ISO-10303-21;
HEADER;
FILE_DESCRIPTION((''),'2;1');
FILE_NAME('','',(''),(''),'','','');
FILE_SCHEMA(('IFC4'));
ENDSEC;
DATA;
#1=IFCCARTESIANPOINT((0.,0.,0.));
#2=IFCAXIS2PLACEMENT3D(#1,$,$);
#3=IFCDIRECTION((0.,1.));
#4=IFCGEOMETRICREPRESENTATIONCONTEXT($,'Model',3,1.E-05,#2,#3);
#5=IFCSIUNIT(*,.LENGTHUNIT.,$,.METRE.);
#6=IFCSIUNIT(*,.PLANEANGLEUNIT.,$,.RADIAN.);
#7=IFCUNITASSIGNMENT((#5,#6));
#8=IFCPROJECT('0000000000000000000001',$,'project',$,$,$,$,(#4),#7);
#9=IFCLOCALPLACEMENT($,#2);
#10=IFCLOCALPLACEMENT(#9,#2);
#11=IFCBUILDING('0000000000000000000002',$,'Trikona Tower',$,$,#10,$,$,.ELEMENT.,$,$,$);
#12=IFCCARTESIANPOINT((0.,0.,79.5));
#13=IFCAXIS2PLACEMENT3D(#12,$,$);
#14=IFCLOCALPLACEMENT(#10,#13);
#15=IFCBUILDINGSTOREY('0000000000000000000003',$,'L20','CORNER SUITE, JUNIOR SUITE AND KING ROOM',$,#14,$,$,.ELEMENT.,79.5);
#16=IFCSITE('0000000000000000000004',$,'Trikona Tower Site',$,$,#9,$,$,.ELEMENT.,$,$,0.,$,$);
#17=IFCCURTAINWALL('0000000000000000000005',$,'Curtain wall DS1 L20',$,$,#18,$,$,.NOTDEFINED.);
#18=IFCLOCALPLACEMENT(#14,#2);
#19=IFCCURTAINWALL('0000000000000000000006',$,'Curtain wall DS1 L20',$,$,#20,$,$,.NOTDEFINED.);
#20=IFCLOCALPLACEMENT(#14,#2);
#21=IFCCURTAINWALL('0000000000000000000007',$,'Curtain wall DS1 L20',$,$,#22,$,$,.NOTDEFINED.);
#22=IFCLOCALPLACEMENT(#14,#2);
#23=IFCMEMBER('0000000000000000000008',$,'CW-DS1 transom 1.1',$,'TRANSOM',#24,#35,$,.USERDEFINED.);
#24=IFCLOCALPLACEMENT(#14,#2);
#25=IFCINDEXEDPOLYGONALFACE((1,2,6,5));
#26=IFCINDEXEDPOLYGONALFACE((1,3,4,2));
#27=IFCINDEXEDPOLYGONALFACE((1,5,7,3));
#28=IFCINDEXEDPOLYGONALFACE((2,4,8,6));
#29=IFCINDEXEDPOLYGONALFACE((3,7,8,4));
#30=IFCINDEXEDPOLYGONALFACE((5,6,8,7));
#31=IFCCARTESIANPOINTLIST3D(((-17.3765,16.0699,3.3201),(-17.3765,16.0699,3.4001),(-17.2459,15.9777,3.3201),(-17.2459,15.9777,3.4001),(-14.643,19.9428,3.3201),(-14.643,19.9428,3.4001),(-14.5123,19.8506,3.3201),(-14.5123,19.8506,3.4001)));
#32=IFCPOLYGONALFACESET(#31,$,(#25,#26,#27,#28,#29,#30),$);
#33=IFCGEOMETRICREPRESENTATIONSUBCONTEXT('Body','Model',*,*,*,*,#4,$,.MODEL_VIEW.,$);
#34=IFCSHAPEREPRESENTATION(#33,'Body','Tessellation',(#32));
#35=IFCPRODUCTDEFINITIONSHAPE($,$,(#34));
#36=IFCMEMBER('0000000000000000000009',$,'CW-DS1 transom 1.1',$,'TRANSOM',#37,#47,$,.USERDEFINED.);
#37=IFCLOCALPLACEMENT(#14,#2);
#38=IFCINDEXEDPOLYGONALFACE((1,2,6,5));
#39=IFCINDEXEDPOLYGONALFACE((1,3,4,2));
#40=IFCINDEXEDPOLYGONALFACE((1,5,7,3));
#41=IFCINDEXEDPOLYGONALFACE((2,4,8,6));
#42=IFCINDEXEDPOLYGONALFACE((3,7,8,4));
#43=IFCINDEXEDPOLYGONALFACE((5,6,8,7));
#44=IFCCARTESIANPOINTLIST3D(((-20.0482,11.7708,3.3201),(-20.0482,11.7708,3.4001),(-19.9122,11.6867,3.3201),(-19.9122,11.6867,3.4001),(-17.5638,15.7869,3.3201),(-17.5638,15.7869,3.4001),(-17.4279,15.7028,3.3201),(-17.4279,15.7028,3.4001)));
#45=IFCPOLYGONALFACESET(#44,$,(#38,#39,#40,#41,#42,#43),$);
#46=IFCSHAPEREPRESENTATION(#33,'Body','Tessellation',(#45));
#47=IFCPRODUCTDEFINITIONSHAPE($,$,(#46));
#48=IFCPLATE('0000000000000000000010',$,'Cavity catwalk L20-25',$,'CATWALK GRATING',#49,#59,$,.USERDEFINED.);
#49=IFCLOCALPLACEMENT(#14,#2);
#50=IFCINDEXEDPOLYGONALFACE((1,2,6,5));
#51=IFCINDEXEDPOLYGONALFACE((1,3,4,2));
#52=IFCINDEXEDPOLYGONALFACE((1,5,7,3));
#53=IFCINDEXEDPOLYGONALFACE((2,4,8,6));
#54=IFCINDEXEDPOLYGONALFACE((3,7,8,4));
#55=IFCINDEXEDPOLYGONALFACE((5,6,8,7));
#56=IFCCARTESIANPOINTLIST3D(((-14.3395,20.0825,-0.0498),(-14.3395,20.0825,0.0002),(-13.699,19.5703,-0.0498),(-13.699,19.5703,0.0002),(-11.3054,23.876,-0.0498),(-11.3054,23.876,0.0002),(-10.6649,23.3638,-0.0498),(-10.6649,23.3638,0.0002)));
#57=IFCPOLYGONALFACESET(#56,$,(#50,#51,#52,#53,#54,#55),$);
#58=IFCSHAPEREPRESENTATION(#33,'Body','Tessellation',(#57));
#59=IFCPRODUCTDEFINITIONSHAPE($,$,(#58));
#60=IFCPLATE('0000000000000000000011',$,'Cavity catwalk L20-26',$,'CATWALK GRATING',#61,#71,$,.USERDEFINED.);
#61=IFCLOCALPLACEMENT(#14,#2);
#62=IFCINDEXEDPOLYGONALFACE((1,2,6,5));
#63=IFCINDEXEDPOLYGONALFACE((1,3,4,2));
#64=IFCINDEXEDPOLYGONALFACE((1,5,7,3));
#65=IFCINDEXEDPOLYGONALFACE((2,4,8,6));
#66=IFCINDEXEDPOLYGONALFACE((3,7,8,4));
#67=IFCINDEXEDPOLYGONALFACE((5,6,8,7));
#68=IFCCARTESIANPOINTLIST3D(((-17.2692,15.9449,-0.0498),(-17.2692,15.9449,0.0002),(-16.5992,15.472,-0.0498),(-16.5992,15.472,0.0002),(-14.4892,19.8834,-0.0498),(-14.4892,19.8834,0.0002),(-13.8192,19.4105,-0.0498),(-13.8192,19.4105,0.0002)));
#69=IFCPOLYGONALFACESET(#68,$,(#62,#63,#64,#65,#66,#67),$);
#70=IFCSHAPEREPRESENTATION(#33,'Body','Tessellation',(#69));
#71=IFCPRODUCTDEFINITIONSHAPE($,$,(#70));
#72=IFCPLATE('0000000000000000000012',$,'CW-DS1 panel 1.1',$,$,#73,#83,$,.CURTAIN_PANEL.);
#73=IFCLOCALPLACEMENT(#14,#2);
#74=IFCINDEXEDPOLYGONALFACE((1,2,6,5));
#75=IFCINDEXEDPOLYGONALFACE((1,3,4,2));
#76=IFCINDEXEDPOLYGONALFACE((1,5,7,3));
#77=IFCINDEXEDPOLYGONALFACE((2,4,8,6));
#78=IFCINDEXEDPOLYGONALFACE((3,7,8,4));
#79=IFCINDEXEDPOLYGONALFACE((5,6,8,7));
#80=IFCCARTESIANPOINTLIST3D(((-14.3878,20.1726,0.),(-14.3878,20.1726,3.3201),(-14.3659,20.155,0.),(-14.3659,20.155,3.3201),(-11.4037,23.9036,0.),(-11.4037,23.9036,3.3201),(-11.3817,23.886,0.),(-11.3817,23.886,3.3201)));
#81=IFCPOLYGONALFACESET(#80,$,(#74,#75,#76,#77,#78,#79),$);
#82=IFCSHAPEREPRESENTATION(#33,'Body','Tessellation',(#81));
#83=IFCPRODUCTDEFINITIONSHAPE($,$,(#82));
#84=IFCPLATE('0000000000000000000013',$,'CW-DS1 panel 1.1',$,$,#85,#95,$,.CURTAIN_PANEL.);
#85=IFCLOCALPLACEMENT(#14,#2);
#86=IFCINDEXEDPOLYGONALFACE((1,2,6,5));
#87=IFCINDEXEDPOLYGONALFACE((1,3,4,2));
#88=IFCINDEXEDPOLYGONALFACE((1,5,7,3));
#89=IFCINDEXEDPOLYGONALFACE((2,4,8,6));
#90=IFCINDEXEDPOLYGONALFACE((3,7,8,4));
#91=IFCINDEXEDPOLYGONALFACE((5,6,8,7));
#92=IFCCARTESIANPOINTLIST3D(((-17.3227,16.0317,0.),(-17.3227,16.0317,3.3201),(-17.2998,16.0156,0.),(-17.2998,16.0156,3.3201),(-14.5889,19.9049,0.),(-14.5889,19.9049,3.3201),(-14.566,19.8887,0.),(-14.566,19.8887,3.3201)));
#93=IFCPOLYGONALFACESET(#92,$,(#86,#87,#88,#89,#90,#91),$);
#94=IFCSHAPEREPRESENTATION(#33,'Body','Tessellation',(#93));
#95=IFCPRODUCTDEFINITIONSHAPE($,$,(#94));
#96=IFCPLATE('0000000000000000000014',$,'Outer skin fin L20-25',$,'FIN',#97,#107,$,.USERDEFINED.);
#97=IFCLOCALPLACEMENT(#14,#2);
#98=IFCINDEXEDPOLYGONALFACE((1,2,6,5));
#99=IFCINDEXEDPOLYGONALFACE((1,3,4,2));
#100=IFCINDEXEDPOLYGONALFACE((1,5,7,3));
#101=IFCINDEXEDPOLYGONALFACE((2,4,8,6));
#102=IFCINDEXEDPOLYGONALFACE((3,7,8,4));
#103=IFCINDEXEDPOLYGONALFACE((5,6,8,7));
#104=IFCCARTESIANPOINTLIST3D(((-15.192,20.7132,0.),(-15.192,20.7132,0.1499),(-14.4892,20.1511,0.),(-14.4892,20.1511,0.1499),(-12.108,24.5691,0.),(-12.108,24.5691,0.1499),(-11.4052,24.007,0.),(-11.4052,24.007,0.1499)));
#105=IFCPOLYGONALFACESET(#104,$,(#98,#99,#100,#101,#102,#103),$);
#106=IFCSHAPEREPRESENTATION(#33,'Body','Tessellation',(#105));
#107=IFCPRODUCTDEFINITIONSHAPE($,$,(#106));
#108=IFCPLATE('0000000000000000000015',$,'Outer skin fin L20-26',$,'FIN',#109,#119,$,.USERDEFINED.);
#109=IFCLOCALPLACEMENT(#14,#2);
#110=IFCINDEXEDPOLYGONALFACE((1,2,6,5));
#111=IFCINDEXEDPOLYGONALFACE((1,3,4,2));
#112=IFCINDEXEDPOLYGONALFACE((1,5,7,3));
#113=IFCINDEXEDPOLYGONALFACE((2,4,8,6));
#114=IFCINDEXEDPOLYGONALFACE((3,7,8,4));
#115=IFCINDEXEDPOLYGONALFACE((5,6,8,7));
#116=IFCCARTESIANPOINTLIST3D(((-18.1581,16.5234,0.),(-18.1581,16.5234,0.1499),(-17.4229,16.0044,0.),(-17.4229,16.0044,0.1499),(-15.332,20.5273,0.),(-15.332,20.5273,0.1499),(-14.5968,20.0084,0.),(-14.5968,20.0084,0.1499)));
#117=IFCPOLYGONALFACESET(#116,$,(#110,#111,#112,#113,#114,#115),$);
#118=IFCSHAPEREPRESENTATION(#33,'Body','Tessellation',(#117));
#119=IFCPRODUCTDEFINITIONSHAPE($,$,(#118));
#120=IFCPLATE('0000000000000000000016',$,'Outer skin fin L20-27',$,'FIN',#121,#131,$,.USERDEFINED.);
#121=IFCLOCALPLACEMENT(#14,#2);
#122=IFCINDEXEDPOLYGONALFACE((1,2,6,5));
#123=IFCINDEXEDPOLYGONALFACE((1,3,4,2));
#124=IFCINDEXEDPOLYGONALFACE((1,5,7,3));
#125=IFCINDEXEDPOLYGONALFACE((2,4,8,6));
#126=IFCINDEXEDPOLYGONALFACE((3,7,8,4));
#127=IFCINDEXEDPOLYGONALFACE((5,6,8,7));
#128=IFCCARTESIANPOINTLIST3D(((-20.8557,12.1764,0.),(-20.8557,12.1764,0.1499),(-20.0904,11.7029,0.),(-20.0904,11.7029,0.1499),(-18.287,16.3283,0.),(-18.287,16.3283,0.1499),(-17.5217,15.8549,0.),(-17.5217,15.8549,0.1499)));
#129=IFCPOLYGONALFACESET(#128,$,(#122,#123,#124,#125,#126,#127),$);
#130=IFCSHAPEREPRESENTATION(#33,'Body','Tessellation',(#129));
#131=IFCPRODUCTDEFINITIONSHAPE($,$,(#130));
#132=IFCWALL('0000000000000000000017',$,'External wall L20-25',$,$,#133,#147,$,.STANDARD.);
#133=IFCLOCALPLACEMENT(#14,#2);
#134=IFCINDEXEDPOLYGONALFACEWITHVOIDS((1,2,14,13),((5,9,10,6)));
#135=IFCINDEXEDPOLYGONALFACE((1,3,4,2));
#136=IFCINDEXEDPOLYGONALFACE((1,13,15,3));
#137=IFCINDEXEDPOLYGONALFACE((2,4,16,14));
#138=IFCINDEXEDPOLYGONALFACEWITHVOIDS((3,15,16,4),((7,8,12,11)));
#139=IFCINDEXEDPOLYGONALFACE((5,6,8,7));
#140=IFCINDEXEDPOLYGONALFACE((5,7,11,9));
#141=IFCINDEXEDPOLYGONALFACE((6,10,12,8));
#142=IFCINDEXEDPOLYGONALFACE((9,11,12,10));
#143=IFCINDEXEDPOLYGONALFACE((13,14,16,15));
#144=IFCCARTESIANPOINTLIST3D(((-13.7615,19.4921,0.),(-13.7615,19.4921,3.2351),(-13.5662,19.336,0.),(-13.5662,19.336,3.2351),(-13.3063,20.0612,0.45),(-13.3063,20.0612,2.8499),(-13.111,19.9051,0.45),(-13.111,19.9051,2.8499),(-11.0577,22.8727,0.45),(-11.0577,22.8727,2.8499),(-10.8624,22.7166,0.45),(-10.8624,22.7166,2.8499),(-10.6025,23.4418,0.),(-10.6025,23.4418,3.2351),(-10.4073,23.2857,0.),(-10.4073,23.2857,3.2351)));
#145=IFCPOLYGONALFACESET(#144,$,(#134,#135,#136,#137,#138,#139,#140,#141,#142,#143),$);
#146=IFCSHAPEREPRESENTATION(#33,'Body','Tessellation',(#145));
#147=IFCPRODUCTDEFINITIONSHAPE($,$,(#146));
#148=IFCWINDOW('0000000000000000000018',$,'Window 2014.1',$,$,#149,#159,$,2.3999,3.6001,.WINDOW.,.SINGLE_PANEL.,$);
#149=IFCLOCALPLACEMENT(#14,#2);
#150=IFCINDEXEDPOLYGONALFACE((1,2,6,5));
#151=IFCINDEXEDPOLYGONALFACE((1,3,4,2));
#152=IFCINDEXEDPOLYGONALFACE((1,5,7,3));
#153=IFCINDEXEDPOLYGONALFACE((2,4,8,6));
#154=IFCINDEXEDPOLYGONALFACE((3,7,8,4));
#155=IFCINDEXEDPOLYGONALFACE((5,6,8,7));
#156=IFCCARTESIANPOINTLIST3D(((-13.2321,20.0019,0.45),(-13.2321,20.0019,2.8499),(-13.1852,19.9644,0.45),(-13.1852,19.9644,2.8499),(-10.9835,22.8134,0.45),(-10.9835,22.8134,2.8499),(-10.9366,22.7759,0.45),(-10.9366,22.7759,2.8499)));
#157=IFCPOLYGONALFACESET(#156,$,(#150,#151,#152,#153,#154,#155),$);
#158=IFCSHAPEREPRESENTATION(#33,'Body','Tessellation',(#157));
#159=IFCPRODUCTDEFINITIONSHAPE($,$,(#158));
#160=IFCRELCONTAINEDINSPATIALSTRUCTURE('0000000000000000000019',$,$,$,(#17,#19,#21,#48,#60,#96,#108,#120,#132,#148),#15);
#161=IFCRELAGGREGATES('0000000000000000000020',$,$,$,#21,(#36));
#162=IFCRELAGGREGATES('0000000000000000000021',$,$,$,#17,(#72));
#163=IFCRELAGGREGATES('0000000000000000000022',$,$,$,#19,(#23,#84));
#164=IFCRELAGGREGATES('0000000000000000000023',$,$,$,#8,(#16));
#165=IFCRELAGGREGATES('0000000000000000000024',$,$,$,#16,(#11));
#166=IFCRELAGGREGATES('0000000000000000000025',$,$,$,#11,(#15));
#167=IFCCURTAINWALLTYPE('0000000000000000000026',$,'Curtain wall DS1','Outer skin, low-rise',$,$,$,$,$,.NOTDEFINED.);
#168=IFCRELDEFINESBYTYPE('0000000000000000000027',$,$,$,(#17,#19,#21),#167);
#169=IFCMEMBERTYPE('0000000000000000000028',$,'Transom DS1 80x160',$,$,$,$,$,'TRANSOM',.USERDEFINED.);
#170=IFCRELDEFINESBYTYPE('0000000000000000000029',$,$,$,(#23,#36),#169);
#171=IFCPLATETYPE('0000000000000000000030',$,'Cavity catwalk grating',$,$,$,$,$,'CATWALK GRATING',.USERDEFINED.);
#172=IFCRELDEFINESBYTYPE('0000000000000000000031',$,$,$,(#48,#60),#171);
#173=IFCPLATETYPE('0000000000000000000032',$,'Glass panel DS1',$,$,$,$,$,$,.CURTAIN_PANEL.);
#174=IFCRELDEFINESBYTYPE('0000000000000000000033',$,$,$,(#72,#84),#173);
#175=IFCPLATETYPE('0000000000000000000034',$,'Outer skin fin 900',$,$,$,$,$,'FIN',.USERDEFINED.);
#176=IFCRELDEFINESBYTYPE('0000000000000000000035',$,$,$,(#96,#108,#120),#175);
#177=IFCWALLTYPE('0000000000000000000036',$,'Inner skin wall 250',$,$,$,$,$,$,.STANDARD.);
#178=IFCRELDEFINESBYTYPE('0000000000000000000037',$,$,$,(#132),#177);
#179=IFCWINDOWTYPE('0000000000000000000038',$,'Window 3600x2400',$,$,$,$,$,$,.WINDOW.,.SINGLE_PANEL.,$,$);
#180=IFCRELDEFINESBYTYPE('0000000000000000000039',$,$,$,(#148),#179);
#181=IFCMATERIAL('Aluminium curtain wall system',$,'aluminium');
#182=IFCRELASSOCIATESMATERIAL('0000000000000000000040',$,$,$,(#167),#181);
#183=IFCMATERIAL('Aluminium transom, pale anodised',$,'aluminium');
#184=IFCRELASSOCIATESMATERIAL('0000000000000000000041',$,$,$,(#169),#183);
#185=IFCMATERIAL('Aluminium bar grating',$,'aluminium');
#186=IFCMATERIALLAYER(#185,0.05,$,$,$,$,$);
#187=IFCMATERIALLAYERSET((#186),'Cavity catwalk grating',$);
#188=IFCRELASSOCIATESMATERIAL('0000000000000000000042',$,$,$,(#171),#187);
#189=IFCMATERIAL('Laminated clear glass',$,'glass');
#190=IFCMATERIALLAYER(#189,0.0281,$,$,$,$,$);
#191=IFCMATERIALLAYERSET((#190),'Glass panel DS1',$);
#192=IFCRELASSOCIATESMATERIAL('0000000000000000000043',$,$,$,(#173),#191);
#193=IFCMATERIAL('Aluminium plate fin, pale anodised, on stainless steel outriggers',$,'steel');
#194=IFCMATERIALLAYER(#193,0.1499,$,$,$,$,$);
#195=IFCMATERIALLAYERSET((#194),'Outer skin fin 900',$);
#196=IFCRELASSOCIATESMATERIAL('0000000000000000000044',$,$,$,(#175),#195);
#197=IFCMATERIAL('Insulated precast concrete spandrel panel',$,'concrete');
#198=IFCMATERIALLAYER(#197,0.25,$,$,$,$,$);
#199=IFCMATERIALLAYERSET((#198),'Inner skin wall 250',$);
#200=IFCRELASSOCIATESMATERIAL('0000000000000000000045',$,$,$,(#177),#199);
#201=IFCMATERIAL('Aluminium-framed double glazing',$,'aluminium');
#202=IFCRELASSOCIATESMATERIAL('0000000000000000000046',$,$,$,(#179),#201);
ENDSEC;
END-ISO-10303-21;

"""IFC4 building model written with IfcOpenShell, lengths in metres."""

from ifc_helpers import new_model, si_unit, direction, frame, frame_2d, origin, origin_2d, place, context, subcontext, project, spatial, rectangle, extrude, material, layer, layer_set, material_profile, profile_set, type_object, element, fill, aggregate, save


model = new_model("IFC4")

# Units and contexts
model_context = context("Model", 3, precision=1e-05, world=origin(), true_north=direction((0.0, 1.0)))
body_context = subcontext(model_context, "Body", "Model", "MODEL_VIEW")
ifc_project = project(units=[si_unit("LENGTHUNIT", "METRE"), si_unit("PLANEANGLEUNIT", "RADIAN")], contexts=[model_context])

# Site, building, storey
site_placement = place(None, origin())
site = spatial("IfcSite", under=ifc_project, at=site_placement, Name="Trikona Tower Site", CompositionType="ELEMENT", RefElevation=0.0)
building_placement = place(site_placement, origin())
building = spatial("IfcBuilding", under=site, at=building_placement, Name="Trikona Tower", CompositionType="ELEMENT")
storey_placement = place(building_placement, frame((0.0, 0.0, 79.5)))
storey = spatial("IfcBuildingStorey", under=building, at=storey_placement, Name="L20", Description="CORNER SUITE, JUNIOR SUITE AND KING ROOM", CompositionType="ELEMENT", Elevation=79.5)

# Shared definitions
ifc_material_1 = material(Name="Aluminium curtain wall system", Category="aluminium")
curtain_wall_type = type_object("IfcCurtainWallType", Name="Curtain wall DS1", Description="Outer skin, low-rise", PredefinedType="NOTDEFINED", material=ifc_material_1)

# Curtain walls
curtain_wall_1_placement = place(storey_placement, origin())
curtain_wall_1 = element("IfcCurtainWall", 1, at=curtain_wall_1_placement, inside=storey, type_object=curtain_wall_type, Name="Curtain wall DS1 L20", PredefinedType="NOTDEFINED")
curtain_wall_2_placement = place(storey_placement, origin())
curtain_wall_2 = element("IfcCurtainWall", 2, at=curtain_wall_2_placement, inside=storey, type_object=curtain_wall_type, Name="Curtain wall DS1 L20", PredefinedType="NOTDEFINED")

# Curtain wall
curtain_wall_3_placement = place(storey_placement, origin())
curtain_wall_3 = element("IfcCurtainWall", 3, at=curtain_wall_3_placement, inside=storey, type_object=curtain_wall_type, Name="Curtain wall DS1 L20", PredefinedType="NOTDEFINED")

# Members
ifc_material_2 = material(Name="Aluminium transom, pale anodised", Category="aluminium")
ifc_material_profile_1 = material_profile(ifc_material_2, rectangle(XDim=0.1599, YDim=0.0801, at=origin_2d()), Name="TRN-DS1")
ifc_profile_set_1 = profile_set([ifc_material_profile_1], Name="Aluminium transom, pale anodised")
member_type_1 = type_object("IfcMemberType", Name="Transom DS1 80x160", ElementType="TRANSOM", PredefinedType="USERDEFINED", material=ifc_profile_set_1)
member_1_placement = place(storey_placement, frame((-14.5776, 19.8967, 3.3601), z_axis=(-0.576645, -0.816995, 0.0), x_axis=(0.816995, -0.576645, 0.0)))
member_1 = element("IfcMember", 4, at=member_1_placement, type_object=member_type_1, Name="CW-DS1 transom 1.1", ObjectType="TRANSOM", PredefinedType="USERDEFINED", context=body_context, shape_type="SweptSolid", body=[
    extrude(rectangle(XDim=0.1599, YDim=0.0801, at=origin_2d()), origin(), (0.0, 0.0, 1.0), 4.7405),
])
member_2_placement = place(storey_placement, frame((-17.4958, 15.7449, 3.3601), z_axis=(-0.526081, -0.850435, 0.0), x_axis=(0.850435, -0.526081, 0.0)))
member_2 = element("IfcMember", 5, at=member_2_placement, type_object=member_type_1, Name="CW-DS1 transom 1.1", ObjectType="TRANSOM", PredefinedType="USERDEFINED", context=body_context, shape_type="SweptSolid", body=[
    extrude(rectangle(XDim=0.1599, YDim=0.0801, at=origin_2d()), origin(), (0.0, 0.0, 1.0), 4.7224),
])
aggregate(curtain_wall_3, [member_2])

# Plates
ifc_material_3 = material(Name="Aluminium bar grating", Category="aluminium")
ifc_layer_1 = layer(ifc_material_3, 0.05)
ifc_layer_set_1 = layer_set([ifc_layer_1], Name="Cavity catwalk grating")
plate_type_1 = type_object("IfcPlateType", Name="Cavity catwalk grating", ElementType="CATWALK GRATING", PredefinedType="USERDEFINED", material=ifc_layer_set_1)
plate_1_placement = place(storey_placement, frame((-12.5022, 21.7231, -0.0498), z_axis=(0.0, 0.0, 1.0), x_axis=(-0.624604, -0.780942, 0.0)))
element("IfcPlate", 6, at=plate_1_placement, inside=storey, type_object=plate_type_1, Name="Cavity catwalk L20-25", ObjectType="CATWALK GRATING", PredefinedType="USERDEFINED", context=body_context, shape_type="SweptSolid", body=[
    extrude(rectangle(XDim=4.8577, YDim=0.8201, at=origin_2d()), origin(), (0.0, 0.0, 1.0), 0.05),
])
plate_2_placement = place(storey_placement, frame((-15.5442, 17.6777, -0.0498), z_axis=(0.0, 0.0, 1.0), x_axis=(-0.576662, -0.816983, 0.0)))
element("IfcPlate", 7, at=plate_2_placement, inside=storey, type_object=plate_type_1, Name="Cavity catwalk L20-26", ObjectType="CATWALK GRATING", PredefinedType="USERDEFINED", context=body_context, shape_type="SweptSolid", body=[
    extrude(rectangle(XDim=4.8208, YDim=0.8201, at=origin_2d()), origin(), (0.0, 0.0, 1.0), 0.05),
])

# Plates
ifc_material_4 = material(Name="Laminated clear glass", Category="glass")
ifc_layer_2 = layer(ifc_material_4, 0.0281)
ifc_layer_set_2 = layer_set([ifc_layer_2], Name="Glass panel DS1")
plate_type_2 = type_object("IfcPlateType", Name="Glass panel DS1", PredefinedType="CURTAIN_PANEL", material=ifc_layer_set_2)
plate_3_placement = place(storey_placement, frame((-12.8848, 22.0293, 0.0), z_axis=(0.0, 0.0, 1.0), x_axis=(-0.624609, -0.780938, 0.0)))
plate_3 = element("IfcPlate", 8, at=plate_3_placement, type_object=plate_type_2, Name="CW-DS1 panel 1.1", PredefinedType="CURTAIN_PANEL", context=body_context, shape_type="SweptSolid", body=[
    extrude(rectangle(XDim=4.7776, YDim=0.0281, at=origin_2d()), origin(), (0.0, 0.0, 1.0), 3.3201),
])
aggregate(curtain_wall_1, [plate_3])
plate_4_placement = place(storey_placement, frame((-15.9443, 17.9602, 0.0), z_axis=(0.0, 0.0, 1.0), x_axis=(-0.576658, -0.816985, 0.0)))
plate_4 = element("IfcPlate", 9, at=plate_4_placement, type_object=plate_type_2, Name="CW-DS1 panel 1.1", PredefinedType="CURTAIN_PANEL", context=body_context, shape_type="SweptSolid", body=[
    extrude(rectangle(XDim=4.7407, YDim=0.0281, at=origin_2d()), origin(), (0.0, 0.0, 1.0), 3.3201),
])
aggregate(curtain_wall_2, [member_1, plate_4])

# Plates
ifc_material_5 = material(Name="Aluminium plate fin, pale anodised, on stainless steel outriggers", Category="steel")
ifc_layer_3 = layer(ifc_material_5, 0.1499)
ifc_layer_set_3 = layer_set([ifc_layer_3], Name="Outer skin fin 900")
plate_type_3 = type_object("IfcPlateType", Name="Outer skin fin 900", ElementType="FIN", PredefinedType="USERDEFINED", material=ifc_layer_set_3)
plate_5_placement = place(storey_placement, frame((-13.2986, 22.3601, 0.0), z_axis=(0.0, 0.0, 1.0), x_axis=(-0.624604, -0.780942, 0.0)))
element("IfcPlate", 10, at=plate_5_placement, inside=storey, type_object=plate_type_3, Name="Outer skin fin L20-25", ObjectType="FIN", PredefinedType="USERDEFINED", context=body_context, shape_type="SweptSolid", body=[
    extrude(rectangle(XDim=4.9375, YDim=0.8999, at=origin_2d()), origin(), (0.0, 0.0, 1.0), 0.1499),
])
plate_6_placement = place(storey_placement, frame((-16.3774, 18.2659, 0.0), z_axis=(0.0, 0.0, 1.0), x_axis=(-0.576662, -0.816983, 0.0)))
element("IfcPlate", 11, at=plate_6_placement, inside=storey, type_object=plate_type_3, Name="Outer skin fin L20-26", ObjectType="FIN", PredefinedType="USERDEFINED", context=body_context, shape_type="SweptSolid", body=[
    extrude(rectangle(XDim=4.9009, YDim=0.8999, at=origin_2d()), origin(), (0.0, 0.0, 1.0), 0.1499),
])
plate_7_placement = place(storey_placement, frame((-19.1887, 14.0156, 0.0), z_axis=(0.0, 0.0, 1.0), x_axis=(-0.526119, -0.850411, 0.0)))
element("IfcPlate", 12, at=plate_7_placement, inside=storey, type_object=plate_type_3, Name="Outer skin fin L20-27", ObjectType="FIN", PredefinedType="USERDEFINED", context=body_context, shape_type="SweptSolid", body=[
    extrude(rectangle(XDim=4.8823, YDim=0.8999, at=origin_2d()), origin(), (0.0, 0.0, 1.0), 0.1499),
])

# Wall, opening, window
ifc_material_6 = material(Name="Insulated precast concrete spandrel panel", Category="concrete")
ifc_layer_4 = layer(ifc_material_6, 0.25)
ifc_layer_set_4 = layer_set([ifc_layer_4], Name="Inner skin wall 250")
wall_type = type_object("IfcWallType", Name="Inner skin wall 250", PredefinedType="STANDARD", material=ifc_layer_set_4)
wall_1_placement = place(storey_placement, frame((-10.5049, 23.3638, 0.0), z_axis=(0.0, 0.0, 1.0), x_axis=(-0.624595, -0.780949, 0.0)))
wall_1 = element("IfcWall", 13, at=wall_1_placement, inside=storey, type_object=wall_type, Name="External wall L20-25", PredefinedType="STANDARD", context=body_context, shape_type="SweptSolid", body=[
    extrude(rectangle(XDim=5.0576, YDim=0.25, at=frame_2d((2.5288, 0.0))), origin(), (0.0, 0.0, 1.0), 3.2351),
])
opening_1_placement = place(wall_1_placement, frame((0.7288, 0.0, 0.45)))
opening_1 = element("IfcOpeningElement", 14, at=opening_1_placement, cuts=wall_1, PredefinedType="OPENING", context=body_context, shape_type="SweptSolid", body=[
    extrude(rectangle(XDim=3.6001, YDim=2.3999, at=frame_2d((1.8, 1.2))), frame((0.0, 0.135, 0.0), z_axis=(0.0, -1.0, 0.0), x_axis=(1.0, 0.0, 0.0)), (0.0, 0.0, 1.0), 0.27),
])
ifc_material_7 = material(Name="Aluminium-framed double glazing", Category="aluminium")
window_type = type_object("IfcWindowType", Name="Window 3600x2400", PartitioningType="SINGLE_PANEL", PredefinedType="WINDOW", material=ifc_material_7)
window_1_placement = place(opening_1_placement, origin())
window_1 = element("IfcWindow", 15, at=window_1_placement, inside=storey, type_object=window_type, Name="Window 2014.1", OverallHeight=2.3999, OverallWidth=3.6001, PartitioningType="SINGLE_PANEL", PredefinedType="WINDOW", context=body_context, shape_type="SweptSolid", body=[
    extrude(rectangle(XDim=3.6001, YDim=2.3999, at=frame_2d((1.8, 1.2))), frame((0.0, 0.03, 0.0), z_axis=(0.0, -1.0, 0.0), x_axis=(1.0, 0.0, 0.0)), (0.0, 0.0, 1.0), 0.0601),
])
fill(opening_1, window_1)

save(model, "model.ifc")
